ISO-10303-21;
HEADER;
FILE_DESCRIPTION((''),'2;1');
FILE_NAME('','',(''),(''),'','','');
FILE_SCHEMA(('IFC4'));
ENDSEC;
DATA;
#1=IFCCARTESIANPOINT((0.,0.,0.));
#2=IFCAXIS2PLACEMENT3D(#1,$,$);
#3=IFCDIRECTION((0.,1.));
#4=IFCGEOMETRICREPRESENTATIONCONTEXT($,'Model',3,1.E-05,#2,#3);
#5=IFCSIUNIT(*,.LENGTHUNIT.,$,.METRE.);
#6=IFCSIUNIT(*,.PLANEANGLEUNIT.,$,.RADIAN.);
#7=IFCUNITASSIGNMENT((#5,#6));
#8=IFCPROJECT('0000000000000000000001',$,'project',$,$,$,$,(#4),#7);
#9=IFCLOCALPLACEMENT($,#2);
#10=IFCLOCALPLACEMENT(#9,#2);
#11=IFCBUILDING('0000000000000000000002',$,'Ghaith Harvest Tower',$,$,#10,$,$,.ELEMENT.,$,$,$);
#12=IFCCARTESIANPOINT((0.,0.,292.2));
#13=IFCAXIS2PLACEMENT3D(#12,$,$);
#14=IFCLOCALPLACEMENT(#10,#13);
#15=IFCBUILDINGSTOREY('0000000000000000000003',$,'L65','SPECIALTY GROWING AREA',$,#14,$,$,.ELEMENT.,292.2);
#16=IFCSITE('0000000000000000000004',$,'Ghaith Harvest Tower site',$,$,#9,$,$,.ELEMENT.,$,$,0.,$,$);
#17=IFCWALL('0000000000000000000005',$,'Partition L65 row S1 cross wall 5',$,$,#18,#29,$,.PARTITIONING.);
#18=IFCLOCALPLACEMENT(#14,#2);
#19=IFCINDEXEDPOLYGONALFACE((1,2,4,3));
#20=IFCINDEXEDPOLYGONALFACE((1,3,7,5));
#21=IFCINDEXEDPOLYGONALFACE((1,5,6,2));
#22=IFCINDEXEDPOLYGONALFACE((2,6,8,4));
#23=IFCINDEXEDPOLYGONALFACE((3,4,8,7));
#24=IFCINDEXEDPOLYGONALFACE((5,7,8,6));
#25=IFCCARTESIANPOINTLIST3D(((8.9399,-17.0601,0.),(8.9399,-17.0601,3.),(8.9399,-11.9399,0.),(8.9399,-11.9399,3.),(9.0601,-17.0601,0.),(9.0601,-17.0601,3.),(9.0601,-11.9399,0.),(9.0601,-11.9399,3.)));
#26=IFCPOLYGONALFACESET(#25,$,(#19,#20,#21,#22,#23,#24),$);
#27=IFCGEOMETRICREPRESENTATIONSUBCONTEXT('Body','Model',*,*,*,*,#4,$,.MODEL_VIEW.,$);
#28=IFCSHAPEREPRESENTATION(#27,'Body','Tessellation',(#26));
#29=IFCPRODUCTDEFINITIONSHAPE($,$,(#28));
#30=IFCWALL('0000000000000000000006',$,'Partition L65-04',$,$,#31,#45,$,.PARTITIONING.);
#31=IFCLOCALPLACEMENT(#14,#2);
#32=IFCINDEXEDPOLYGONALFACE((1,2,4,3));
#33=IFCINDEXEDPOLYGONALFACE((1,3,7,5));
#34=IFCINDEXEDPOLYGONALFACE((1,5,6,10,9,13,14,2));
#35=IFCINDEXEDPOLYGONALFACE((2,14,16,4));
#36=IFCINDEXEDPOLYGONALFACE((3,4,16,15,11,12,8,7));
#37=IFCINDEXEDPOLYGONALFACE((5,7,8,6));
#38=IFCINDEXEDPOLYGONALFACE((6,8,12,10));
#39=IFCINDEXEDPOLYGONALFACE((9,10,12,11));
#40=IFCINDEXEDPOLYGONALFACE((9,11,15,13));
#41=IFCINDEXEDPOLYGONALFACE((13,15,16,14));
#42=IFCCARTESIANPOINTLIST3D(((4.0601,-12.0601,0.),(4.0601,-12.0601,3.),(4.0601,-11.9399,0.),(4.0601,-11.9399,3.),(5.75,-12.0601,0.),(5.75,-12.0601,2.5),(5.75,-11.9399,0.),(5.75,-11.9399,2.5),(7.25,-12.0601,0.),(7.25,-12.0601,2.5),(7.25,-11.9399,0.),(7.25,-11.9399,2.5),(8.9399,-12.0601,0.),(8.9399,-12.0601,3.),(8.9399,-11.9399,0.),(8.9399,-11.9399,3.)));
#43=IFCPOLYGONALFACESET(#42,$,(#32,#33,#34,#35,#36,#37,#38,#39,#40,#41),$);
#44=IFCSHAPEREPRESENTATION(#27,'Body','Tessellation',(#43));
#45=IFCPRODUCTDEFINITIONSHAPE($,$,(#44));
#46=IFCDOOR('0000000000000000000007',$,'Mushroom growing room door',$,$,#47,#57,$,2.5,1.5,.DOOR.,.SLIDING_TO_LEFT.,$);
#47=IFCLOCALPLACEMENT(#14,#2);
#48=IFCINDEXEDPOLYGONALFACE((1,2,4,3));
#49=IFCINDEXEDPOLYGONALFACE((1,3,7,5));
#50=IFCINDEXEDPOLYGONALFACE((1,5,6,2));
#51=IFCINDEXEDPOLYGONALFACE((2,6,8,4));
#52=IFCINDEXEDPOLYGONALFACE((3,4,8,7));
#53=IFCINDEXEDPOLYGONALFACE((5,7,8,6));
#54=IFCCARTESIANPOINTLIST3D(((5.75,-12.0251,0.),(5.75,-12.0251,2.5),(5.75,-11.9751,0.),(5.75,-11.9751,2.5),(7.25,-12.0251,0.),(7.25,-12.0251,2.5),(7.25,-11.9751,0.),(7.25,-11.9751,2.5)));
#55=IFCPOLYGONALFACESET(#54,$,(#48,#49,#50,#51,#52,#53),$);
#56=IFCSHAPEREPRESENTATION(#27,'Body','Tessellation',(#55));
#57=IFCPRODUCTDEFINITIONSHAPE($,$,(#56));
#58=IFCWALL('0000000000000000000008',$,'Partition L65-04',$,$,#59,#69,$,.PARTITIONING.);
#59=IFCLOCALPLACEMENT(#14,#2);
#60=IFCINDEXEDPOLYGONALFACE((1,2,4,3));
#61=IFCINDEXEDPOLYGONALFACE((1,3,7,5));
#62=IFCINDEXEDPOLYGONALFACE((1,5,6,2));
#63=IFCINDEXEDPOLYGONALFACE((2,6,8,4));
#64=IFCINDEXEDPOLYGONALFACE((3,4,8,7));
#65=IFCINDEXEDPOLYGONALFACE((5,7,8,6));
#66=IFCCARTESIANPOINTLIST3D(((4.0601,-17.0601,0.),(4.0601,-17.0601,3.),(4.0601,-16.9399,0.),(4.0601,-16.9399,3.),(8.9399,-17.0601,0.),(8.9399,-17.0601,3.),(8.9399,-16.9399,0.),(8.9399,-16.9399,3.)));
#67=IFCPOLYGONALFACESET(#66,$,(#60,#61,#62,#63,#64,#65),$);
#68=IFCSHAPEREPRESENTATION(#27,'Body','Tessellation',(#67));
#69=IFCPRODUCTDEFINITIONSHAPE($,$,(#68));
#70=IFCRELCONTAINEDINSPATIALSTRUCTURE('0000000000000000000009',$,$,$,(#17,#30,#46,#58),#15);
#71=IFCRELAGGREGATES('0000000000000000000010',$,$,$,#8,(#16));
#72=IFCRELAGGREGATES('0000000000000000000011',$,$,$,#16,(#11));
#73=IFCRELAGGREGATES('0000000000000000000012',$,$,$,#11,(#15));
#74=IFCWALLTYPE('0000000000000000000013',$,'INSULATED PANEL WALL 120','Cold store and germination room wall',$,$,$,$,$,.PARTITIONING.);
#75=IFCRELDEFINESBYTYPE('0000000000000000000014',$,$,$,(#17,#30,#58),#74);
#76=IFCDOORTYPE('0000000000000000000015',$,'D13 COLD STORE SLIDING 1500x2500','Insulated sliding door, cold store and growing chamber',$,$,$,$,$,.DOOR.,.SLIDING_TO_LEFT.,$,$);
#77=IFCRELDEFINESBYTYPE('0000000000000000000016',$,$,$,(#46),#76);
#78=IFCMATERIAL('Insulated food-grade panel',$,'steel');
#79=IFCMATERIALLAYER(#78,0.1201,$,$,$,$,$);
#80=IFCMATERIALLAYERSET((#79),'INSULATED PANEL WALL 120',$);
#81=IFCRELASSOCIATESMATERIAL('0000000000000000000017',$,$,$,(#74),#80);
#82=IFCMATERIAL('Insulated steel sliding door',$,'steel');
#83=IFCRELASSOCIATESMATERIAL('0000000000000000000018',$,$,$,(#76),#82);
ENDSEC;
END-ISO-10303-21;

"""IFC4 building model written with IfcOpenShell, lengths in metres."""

from ifc_helpers import new_model, si_unit, direction, frame, frame_2d, origin, place, context, subcontext, project, spatial, rectangle, extrude, material, layer, layer_set, type_object, element, fill, save


model = new_model("IFC4")

# Units and contexts
model_context = context("Model", 3, precision=1e-05, world=origin(), true_north=direction((0.0, 1.0)))
body_context = subcontext(model_context, "Body", "Model", "MODEL_VIEW")
ifc_project = project(units=[si_unit("LENGTHUNIT", "METRE"), si_unit("PLANEANGLEUNIT", "RADIAN")], contexts=[model_context])

# Site, building, storey
site_placement = place(None, origin())
site = spatial("IfcSite", under=ifc_project, at=site_placement, Name="Ghaith Harvest Tower site", CompositionType="ELEMENT", RefElevation=0.0)
building_placement = place(site_placement, origin())
building = spatial("IfcBuilding", under=site, at=building_placement, Name="Ghaith Harvest Tower", CompositionType="ELEMENT")
storey_placement = place(building_placement, frame((0.0, 0.0, 292.2)))
storey = spatial("IfcBuildingStorey", under=building, at=storey_placement, Name="L65", Description="SPECIALTY GROWING AREA", CompositionType="ELEMENT", Elevation=292.2)

# Wall
ifc_material_1 = material(Name="Insulated food-grade panel", Category="steel")
ifc_layer_1 = layer(ifc_material_1, 0.1201)
ifc_layer_set_1 = layer_set([ifc_layer_1], Name="INSULATED PANEL WALL 120")
wall_type = type_object("IfcWallType", Name="INSULATED PANEL WALL 120", Description="Cold store and germination room wall", PredefinedType="PARTITIONING", material=ifc_layer_set_1)
for number, where, z_axis, x_axis, name in (
    (1, (9.0, -11.9399, 0.0), (0.0, 0.0, 1.0), (0.0, -1.0, 0.0), "Partition L65 row S1 cross wall 5"),
):
    element("IfcWall", number, at=place(storey_placement, frame(where, z_axis=z_axis, x_axis=x_axis)), inside=storey, type_object=wall_type, Name=name, PredefinedType="PARTITIONING", context=body_context, shape_type="SweptSolid", body=[
        extrude(rectangle(XDim=5.1201, YDim=0.1201, at=frame_2d((2.5601, 0.0))), origin(), (0.0, 0.0, 1.0), 3.0),
    ])

# Wall, opening, door
wall_1_placement = place(storey_placement, frame((4.0601, -12.0, 0.0), z_axis=(0.0, 0.0, 1.0), x_axis=(1.0, 0.0, 0.0)))
wall_1 = element("IfcWall", 2, at=wall_1_placement, inside=storey, type_object=wall_type, Name="Partition L65-04", PredefinedType="PARTITIONING", context=body_context, shape_type="SweptSolid", body=[
    extrude(rectangle(XDim=4.8799, YDim=0.1201, at=frame_2d((2.4399, 0.0))), origin(), (0.0, 0.0, 1.0), 3.0),
])
opening_placement = place(wall_1_placement, frame((1.6899, 0.0, 0.0)))
opening = element("IfcOpeningElement", 3, at=opening_placement, cuts=wall_1, PredefinedType="OPENING", context=body_context, shape_type="SweptSolid", body=[
    extrude(rectangle(XDim=1.5, YDim=2.5, at=frame_2d((0.75, 1.25))), frame((0.0, 0.0701, 0.0), z_axis=(0.0, -1.0, 0.0), x_axis=(1.0, 0.0, 0.0)), (0.0, 0.0, 1.0), 0.1401),
])
ifc_material_2 = material(Name="Insulated steel sliding door", Category="steel")
door_type = type_object("IfcDoorType", Name="D13 COLD STORE SLIDING 1500x2500", Description="Insulated sliding door, cold store and growing chamber", OperationType="SLIDING_TO_LEFT", PredefinedType="DOOR", material=ifc_material_2)
door_placement = place(opening_placement, origin())
door = element("IfcDoor", 4, at=door_placement, inside=storey, type_object=door_type, Name="Mushroom growing room door", OperationType="SLIDING_TO_LEFT", OverallHeight=2.5, OverallWidth=1.5, PredefinedType="DOOR", context=body_context, shape_type="SweptSolid", body=[
    extrude(rectangle(XDim=1.5, YDim=2.5, at=frame_2d((0.75, 1.25))), frame((0.0, 0.0249, 0.0), z_axis=(0.0, -1.0, 0.0), x_axis=(1.0, 0.0, 0.0)), (0.0, 0.0, 1.0), 0.05),
])
fill(opening, door)

# Wall
wall_2_placement = place(storey_placement, frame((4.0601, -17.0, 0.0), z_axis=(0.0, 0.0, 1.0), x_axis=(1.0, 0.0, 0.0)))
element("IfcWall", 5, at=wall_2_placement, inside=storey, type_object=wall_type, Name="Partition L65-04", PredefinedType="PARTITIONING", context=body_context, shape_type="SweptSolid", body=[
    extrude(rectangle(XDim=4.8799, YDim=0.1201, at=frame_2d((2.4399, 0.0))), origin(), (0.0, 0.0, 1.0), 3.0),
])

save(model, "model.ifc")
